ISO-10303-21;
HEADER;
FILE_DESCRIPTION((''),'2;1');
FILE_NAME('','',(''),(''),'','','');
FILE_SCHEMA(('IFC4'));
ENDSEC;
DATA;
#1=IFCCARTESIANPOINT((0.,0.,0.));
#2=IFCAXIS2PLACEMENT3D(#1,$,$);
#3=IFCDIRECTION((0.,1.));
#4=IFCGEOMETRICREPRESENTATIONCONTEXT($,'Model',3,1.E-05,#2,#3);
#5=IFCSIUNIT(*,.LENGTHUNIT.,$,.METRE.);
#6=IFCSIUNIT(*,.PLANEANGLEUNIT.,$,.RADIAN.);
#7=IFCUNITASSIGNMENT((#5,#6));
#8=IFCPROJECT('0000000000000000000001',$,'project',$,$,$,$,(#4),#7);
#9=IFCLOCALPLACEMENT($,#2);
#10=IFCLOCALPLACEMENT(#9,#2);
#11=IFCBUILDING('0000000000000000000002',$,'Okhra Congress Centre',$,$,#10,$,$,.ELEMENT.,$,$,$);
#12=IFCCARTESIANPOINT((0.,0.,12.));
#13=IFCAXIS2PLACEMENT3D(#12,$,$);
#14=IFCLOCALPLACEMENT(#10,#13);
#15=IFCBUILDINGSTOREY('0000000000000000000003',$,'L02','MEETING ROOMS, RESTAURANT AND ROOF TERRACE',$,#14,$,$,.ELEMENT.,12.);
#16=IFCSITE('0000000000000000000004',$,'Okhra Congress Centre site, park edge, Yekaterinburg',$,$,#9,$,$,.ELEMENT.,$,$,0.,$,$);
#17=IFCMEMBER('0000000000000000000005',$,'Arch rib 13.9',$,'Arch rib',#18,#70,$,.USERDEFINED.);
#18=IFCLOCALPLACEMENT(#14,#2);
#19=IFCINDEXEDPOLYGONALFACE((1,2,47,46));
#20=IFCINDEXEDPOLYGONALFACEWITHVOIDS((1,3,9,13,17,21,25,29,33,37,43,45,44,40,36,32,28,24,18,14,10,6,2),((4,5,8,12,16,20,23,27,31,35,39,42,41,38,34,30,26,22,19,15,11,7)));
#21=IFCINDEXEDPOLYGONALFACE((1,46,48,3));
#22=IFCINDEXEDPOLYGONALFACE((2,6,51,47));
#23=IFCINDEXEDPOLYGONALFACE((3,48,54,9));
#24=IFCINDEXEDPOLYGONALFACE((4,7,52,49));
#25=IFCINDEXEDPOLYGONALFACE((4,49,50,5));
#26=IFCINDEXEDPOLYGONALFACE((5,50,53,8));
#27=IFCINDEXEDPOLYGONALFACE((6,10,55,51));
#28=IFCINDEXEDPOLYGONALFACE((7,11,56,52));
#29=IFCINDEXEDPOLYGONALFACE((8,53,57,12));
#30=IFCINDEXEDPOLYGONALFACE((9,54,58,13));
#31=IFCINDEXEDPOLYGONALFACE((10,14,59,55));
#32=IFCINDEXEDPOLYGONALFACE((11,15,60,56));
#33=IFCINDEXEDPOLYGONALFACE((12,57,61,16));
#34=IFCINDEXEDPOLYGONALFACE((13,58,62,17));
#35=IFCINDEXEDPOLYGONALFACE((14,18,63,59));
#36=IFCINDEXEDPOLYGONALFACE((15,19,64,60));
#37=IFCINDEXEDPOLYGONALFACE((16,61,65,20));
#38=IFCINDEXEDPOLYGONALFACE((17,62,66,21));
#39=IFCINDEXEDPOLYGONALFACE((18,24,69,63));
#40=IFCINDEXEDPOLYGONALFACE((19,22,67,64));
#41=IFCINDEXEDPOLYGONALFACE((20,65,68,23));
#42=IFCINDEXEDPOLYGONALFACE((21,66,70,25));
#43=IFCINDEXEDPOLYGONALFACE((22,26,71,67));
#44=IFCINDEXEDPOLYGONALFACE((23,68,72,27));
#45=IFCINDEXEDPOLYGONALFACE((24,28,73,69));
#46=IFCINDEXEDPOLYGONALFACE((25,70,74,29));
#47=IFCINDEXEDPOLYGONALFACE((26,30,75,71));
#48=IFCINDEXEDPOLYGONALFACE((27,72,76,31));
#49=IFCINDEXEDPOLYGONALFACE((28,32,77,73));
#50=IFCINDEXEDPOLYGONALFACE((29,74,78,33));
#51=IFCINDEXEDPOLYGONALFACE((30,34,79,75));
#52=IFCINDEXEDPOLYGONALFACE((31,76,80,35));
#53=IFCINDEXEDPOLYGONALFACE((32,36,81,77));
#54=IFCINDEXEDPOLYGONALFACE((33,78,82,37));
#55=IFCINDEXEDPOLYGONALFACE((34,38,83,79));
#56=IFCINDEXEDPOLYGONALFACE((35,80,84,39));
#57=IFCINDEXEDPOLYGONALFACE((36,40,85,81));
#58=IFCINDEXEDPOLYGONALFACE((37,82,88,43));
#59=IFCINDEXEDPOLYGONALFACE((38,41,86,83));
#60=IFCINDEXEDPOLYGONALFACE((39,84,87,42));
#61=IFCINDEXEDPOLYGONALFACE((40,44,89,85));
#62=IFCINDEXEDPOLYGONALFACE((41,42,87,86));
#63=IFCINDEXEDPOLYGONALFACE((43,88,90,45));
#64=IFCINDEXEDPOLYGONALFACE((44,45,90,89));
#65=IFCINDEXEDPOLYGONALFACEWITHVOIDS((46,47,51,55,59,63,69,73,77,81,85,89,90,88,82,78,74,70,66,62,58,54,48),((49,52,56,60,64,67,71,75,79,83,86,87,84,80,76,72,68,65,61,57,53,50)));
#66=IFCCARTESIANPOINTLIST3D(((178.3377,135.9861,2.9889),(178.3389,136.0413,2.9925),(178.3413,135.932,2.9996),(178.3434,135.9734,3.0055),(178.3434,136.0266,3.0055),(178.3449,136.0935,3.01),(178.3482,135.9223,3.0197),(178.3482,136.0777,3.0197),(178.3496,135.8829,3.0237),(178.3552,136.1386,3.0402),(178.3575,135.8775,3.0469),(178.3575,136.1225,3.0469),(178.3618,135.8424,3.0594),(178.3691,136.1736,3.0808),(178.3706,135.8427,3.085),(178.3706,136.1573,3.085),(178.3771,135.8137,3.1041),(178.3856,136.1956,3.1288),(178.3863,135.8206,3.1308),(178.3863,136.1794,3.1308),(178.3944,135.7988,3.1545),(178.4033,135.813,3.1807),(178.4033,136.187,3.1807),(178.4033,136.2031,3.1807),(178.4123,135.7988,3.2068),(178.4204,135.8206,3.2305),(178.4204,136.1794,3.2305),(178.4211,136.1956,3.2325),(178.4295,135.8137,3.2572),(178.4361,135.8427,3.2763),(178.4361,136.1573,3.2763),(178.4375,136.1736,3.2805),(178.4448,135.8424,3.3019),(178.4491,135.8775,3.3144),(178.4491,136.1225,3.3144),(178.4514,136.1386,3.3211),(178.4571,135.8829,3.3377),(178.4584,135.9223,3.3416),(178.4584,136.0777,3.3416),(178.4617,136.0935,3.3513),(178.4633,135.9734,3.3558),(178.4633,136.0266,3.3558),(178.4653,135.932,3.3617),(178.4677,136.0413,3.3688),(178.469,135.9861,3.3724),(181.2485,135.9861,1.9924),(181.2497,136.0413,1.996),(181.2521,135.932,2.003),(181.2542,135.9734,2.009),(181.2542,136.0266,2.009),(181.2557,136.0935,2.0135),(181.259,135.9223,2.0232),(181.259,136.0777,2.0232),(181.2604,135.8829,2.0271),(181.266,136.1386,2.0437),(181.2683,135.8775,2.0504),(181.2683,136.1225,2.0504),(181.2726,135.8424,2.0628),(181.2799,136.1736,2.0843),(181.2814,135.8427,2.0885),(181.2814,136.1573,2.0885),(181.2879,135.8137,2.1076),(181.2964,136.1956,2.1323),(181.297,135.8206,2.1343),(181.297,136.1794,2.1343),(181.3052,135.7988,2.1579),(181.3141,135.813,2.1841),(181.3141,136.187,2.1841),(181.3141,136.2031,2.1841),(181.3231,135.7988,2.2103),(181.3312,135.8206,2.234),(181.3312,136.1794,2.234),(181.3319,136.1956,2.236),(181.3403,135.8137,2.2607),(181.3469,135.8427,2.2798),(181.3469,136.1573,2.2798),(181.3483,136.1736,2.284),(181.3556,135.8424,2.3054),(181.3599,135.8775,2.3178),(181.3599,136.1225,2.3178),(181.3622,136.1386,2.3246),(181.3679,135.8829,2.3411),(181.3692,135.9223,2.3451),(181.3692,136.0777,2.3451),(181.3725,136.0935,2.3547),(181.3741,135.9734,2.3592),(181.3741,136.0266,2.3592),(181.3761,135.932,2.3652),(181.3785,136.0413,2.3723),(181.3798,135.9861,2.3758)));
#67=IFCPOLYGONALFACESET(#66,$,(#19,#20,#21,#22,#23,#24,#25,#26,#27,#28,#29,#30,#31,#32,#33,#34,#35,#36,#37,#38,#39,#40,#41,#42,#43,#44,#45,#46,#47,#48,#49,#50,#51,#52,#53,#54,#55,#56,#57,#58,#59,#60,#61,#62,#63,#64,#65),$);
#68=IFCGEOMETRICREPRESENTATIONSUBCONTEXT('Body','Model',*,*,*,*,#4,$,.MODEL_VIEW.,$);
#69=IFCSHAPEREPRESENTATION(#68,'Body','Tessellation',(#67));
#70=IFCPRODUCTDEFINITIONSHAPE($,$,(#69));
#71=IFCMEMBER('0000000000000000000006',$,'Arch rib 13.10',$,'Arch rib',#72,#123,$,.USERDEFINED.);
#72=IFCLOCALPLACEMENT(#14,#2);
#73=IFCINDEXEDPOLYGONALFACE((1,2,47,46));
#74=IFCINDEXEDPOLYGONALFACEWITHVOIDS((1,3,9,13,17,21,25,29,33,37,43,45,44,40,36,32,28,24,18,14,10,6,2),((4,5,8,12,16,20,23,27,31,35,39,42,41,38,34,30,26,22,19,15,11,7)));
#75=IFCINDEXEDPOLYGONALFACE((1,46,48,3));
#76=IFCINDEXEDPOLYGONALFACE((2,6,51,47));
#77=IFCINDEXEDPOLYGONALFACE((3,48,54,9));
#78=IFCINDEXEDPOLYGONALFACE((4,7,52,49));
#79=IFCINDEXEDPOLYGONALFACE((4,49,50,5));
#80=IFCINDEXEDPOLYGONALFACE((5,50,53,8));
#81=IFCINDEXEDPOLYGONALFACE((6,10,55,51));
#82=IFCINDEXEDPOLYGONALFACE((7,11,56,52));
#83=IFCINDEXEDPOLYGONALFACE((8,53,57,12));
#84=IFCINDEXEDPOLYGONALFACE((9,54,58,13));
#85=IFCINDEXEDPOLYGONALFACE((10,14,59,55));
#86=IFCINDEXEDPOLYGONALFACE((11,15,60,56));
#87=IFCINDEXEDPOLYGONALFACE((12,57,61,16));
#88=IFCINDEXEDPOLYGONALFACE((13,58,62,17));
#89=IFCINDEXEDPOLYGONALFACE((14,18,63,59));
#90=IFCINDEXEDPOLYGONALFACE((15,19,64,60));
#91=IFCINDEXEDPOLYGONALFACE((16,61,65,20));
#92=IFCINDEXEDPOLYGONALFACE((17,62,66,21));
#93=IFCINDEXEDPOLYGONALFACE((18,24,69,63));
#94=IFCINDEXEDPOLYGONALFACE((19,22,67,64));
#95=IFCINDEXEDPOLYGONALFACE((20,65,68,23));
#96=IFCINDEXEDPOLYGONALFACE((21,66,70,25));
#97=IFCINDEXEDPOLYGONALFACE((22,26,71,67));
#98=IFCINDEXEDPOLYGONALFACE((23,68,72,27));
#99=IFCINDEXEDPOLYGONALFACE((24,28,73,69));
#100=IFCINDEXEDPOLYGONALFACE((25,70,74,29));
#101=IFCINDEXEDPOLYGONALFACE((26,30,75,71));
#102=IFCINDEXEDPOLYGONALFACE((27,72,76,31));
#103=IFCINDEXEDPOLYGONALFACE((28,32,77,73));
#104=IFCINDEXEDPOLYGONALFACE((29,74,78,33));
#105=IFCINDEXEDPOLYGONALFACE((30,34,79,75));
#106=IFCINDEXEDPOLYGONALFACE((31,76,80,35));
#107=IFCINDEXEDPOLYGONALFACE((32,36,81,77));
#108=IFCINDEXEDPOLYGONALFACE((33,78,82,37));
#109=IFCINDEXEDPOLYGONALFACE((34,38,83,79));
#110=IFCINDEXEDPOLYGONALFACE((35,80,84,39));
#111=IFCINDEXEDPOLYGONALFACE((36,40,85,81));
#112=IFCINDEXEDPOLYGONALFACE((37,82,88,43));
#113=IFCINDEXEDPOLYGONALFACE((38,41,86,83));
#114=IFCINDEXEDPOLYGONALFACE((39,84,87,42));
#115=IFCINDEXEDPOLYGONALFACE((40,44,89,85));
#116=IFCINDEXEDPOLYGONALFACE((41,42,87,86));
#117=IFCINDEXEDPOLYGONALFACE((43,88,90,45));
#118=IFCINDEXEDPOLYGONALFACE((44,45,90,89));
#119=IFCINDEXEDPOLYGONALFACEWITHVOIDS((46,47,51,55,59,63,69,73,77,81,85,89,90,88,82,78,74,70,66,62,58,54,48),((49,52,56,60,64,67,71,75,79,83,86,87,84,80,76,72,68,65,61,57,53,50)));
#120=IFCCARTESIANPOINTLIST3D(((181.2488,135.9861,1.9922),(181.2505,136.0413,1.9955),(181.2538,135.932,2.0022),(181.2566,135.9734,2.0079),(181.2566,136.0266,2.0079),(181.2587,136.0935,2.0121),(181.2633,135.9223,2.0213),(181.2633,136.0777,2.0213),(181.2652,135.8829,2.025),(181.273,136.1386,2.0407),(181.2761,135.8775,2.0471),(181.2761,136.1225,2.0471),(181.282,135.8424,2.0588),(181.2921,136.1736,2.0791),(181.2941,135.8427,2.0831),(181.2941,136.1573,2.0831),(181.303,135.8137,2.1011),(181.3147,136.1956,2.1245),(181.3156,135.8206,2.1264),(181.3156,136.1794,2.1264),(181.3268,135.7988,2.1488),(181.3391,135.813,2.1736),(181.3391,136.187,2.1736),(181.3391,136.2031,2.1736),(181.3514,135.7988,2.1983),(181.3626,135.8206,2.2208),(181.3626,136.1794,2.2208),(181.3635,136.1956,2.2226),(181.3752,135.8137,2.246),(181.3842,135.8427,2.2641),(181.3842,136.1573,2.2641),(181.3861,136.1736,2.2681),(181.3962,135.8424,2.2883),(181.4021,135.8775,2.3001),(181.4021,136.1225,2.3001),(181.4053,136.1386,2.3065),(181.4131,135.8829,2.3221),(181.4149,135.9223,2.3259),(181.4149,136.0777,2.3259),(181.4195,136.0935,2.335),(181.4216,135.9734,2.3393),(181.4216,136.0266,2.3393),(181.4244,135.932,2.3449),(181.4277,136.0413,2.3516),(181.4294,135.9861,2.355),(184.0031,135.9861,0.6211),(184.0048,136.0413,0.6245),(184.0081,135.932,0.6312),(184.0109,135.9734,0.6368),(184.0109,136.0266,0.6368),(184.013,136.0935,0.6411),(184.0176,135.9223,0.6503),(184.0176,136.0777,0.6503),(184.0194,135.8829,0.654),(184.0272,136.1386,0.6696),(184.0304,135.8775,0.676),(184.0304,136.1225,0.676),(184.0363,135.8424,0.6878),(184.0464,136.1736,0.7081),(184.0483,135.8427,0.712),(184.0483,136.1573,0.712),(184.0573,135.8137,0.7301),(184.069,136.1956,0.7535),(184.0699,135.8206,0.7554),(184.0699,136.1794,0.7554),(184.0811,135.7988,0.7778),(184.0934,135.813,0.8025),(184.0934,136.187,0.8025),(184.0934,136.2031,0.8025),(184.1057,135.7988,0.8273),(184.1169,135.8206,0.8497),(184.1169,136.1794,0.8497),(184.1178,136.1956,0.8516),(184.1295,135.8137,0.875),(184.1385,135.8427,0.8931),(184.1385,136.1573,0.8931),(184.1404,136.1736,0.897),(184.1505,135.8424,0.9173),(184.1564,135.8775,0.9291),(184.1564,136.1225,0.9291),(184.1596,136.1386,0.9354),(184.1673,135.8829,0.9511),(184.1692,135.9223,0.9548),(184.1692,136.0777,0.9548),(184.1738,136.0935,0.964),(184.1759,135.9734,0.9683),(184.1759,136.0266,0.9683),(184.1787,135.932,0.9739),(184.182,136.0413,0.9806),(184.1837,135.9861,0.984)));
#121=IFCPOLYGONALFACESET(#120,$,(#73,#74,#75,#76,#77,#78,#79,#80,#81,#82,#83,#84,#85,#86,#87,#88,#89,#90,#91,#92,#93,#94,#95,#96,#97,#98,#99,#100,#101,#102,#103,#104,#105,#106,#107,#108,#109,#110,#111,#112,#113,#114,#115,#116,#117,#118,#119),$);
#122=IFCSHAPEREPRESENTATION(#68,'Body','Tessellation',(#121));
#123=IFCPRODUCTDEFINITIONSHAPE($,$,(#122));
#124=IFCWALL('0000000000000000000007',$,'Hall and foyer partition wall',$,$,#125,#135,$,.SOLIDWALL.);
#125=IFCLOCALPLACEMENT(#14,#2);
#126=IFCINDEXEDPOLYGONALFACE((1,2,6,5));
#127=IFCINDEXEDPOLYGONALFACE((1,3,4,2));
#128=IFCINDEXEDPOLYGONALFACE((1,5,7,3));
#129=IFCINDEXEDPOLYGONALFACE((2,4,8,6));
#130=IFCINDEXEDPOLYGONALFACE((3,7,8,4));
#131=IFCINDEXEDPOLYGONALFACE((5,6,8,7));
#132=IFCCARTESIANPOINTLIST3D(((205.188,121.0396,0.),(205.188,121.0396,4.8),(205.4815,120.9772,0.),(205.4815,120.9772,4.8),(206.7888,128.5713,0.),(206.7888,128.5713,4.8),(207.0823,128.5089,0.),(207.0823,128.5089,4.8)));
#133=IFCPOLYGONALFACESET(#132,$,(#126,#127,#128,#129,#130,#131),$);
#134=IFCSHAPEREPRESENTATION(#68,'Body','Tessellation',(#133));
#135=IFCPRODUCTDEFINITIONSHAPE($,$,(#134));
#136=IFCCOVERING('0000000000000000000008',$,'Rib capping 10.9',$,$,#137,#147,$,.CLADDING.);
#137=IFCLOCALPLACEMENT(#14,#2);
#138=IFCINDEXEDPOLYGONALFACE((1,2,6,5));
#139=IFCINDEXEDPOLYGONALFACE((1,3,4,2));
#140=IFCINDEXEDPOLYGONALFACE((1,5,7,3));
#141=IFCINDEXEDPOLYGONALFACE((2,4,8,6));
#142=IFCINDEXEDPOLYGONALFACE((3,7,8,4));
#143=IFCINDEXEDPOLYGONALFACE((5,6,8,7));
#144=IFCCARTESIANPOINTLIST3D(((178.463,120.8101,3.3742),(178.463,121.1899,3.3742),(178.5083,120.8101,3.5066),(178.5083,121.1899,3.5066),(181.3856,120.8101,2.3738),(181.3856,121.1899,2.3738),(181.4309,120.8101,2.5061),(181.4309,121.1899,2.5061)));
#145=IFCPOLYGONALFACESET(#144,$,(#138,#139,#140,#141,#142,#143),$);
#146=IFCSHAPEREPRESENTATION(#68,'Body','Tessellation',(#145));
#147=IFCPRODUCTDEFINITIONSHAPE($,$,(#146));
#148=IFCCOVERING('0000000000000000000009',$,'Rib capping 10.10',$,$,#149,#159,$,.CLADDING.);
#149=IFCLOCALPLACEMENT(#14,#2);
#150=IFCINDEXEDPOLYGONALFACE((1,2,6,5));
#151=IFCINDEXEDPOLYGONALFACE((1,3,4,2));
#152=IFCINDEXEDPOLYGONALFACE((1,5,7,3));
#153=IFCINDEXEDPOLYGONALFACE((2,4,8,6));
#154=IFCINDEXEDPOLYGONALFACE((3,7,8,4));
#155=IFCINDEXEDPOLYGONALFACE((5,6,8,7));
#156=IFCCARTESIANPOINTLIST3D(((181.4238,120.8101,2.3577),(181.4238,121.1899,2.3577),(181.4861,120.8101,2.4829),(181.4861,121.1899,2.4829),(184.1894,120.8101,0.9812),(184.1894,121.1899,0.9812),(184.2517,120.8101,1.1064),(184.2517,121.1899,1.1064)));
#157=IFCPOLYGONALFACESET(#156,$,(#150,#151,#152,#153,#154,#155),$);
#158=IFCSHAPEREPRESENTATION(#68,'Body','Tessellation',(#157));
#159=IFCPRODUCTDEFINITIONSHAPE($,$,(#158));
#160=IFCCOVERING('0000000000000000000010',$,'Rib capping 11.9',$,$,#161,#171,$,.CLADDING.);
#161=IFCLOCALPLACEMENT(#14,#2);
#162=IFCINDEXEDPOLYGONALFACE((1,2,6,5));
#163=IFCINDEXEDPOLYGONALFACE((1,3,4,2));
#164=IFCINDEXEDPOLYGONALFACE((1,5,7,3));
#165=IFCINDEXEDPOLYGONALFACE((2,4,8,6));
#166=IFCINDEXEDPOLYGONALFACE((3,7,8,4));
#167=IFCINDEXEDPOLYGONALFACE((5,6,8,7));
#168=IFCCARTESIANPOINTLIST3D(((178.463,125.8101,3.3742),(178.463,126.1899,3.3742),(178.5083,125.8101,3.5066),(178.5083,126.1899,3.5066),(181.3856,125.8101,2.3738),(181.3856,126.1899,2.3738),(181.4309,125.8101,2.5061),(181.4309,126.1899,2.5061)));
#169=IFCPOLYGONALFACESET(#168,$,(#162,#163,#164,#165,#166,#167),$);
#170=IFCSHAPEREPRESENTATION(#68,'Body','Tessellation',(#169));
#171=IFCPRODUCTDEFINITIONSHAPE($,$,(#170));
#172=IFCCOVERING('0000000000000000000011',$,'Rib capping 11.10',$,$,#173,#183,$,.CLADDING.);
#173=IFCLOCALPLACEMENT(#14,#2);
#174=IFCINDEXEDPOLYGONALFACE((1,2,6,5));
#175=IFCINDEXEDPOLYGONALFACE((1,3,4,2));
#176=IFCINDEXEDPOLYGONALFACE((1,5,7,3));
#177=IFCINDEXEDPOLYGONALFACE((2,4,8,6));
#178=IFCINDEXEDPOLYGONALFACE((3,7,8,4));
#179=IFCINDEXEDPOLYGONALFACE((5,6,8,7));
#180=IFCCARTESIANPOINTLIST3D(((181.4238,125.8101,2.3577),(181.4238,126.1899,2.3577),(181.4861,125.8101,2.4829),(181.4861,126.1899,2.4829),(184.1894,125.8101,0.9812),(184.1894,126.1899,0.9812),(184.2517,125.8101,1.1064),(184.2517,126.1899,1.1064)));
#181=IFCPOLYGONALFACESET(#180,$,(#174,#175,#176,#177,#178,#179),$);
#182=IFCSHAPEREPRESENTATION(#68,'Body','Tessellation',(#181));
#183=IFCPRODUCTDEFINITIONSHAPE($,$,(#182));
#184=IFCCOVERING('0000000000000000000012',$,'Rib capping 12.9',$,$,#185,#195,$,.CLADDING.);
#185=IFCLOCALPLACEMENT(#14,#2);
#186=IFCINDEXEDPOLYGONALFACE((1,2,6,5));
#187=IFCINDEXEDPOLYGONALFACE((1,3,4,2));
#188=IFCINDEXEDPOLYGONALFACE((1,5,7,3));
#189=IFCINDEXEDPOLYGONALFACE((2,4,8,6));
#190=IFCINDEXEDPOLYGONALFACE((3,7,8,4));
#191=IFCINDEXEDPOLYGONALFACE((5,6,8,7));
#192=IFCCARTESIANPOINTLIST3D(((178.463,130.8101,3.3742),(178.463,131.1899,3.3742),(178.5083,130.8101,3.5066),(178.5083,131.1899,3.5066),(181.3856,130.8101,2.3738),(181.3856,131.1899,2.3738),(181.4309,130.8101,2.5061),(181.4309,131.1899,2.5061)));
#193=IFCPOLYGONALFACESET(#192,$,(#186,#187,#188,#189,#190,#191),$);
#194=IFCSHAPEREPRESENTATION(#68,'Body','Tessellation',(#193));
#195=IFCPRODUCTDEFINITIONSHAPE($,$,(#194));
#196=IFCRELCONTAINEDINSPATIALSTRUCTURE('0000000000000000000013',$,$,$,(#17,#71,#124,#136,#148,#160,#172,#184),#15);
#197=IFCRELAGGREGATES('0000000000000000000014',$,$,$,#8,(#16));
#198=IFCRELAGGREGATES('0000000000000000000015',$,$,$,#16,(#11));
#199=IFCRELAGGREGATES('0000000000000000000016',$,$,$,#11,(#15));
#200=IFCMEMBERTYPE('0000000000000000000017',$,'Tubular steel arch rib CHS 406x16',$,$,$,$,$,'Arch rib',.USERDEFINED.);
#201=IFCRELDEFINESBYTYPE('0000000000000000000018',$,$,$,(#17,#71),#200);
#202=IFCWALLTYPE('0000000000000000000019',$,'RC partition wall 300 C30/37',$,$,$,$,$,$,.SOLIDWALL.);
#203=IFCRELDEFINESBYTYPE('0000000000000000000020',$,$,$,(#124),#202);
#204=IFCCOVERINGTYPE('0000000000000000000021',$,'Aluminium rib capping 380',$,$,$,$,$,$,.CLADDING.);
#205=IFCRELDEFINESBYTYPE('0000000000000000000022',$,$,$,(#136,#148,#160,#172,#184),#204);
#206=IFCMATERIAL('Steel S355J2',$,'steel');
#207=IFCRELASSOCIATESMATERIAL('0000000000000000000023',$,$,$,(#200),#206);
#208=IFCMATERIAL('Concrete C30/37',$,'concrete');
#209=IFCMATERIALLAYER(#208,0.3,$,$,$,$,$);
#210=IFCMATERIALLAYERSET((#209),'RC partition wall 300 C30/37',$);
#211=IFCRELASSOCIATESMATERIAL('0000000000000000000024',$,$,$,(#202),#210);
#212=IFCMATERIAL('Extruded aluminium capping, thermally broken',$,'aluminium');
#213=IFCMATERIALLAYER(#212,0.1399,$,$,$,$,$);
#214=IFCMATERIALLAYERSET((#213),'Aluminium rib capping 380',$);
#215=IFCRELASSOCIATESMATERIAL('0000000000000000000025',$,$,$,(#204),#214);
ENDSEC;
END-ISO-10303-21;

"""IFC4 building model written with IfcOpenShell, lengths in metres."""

from ifc_helpers import new_model, si_unit, direction, frame, frame_2d, origin, origin_2d, place, context, subcontext, project, spatial, polyline, rectangle, hollow_circle, outline, extrude, material, layer, layer_set, material_profile, profile_set, type_object, element, save


model = new_model("IFC4")

# Units and contexts
model_context = context("Model", 3, precision=1e-05, world=origin(), true_north=direction((0.0, 1.0)))
body_context = subcontext(model_context, "Body", "Model", "MODEL_VIEW")
ifc_project = project(units=[si_unit("LENGTHUNIT", "METRE"), si_unit("PLANEANGLEUNIT", "RADIAN")], contexts=[model_context])

# Site, building, storey
site_placement = place(None, origin())
site = spatial("IfcSite", under=ifc_project, at=site_placement, Name="Okhra Congress Centre site, park edge, Yekaterinburg", CompositionType="ELEMENT", RefElevation=0.0)
building_placement = place(site_placement, origin())
building = spatial("IfcBuilding", under=site, at=building_placement, Name="Okhra Congress Centre", CompositionType="ELEMENT")
storey_placement = place(building_placement, frame((0.0, 0.0, 12.0)))
storey = spatial("IfcBuildingStorey", under=building, at=storey_placement, Name="L02", Description="MEETING ROOMS, RESTAURANT AND ROOF TERRACE", CompositionType="ELEMENT", Elevation=12.0)

# Members
ifc_material_1 = material(Name="Steel S355J2", Category="steel")
ifc_material_profile_1 = material_profile(ifc_material_1, hollow_circle(Radius=0.2031, WallThickness=0.0161, at=origin_2d()), Name="CHS 406.4x16")
ifc_profile_set_1 = profile_set([ifc_material_profile_1], Name="Steel S355J2")
member_type_1 = type_object("IfcMemberType", Name="Tubular steel arch rib CHS 406x16", ElementType="Arch rib", PredefinedType="USERDEFINED", material=ifc_profile_set_1)
for number, where, z_axis, x_axis, name in (
    (1, (178.4033, 136.0, 3.1807), (0.946089, 0.0, -0.323906), (0.0, 1.0, 0.0), "Arch rib 13.9"),
    (2, (181.3391, 136.0, 2.1736), (0.895219, 0.0, -0.445626), (0.0, 1.0, 0.0), "Arch rib 13.10"),
):
    element("IfcMember", number, at=place(storey_placement, frame(where, z_axis=z_axis, x_axis=x_axis)), inside=storey, type_object=member_type_1, Name=name, ObjectType="Arch rib", PredefinedType="USERDEFINED", context=body_context, shape_type="SweptSolid", body=[
        extrude(hollow_circle(Radius=0.2031, WallThickness=0.0161, at=origin_2d()), origin(), (0.0, 0.0, 1.0), 3.0767),
    ])

# Wall
ifc_material_2 = material(Name="Concrete C30/37", Category="concrete")
ifc_layer_1 = layer(ifc_material_2, 0.3)
ifc_layer_set_1 = layer_set([ifc_layer_1], Name="RC partition wall 300 C30/37")
wall_type = type_object("IfcWallType", Name="RC partition wall 300 C30/37", PredefinedType="SOLIDWALL", material=ifc_layer_set_1)
wall_placement = place(storey_placement, frame((205.3347, 121.0083, 0.0), z_axis=(0.0, 0.0, 1.0), x_axis=(0.2079, 0.97815, 0.0)))
element("IfcWall", 3, at=wall_placement, inside=storey, type_object=wall_type, Name="Hall and foyer partition wall", PredefinedType="SOLIDWALL", context=body_context, shape_type="SweptSolid", body=[
    extrude(rectangle(XDim=7.7, YDim=0.3, at=frame_2d((3.8501, 0.0))), origin(), (0.0, 0.0, 1.0), 4.8),
])

# Coverings
ifc_material_3 = material(Name="Extruded aluminium capping, thermally broken", Category="aluminium")
ifc_layer_2 = layer(ifc_material_3, 0.1399)
ifc_layer_set_2 = layer_set([ifc_layer_2], Name="Aluminium rib capping 380")
covering_type = type_object("IfcCoveringType", Name="Aluminium rib capping 380", PredefinedType="CLADDING", material=ifc_layer_set_2)
covering_1_placement = place(storey_placement, frame((178.5083, 120.8101, 3.5066), z_axis=(0.323876, 0.0, 0.9461), x_axis=(0.9461, 0.0, -0.323876)))
element("IfcCovering", 4, at=covering_1_placement, inside=storey, type_object=covering_type, Name="Rib capping 10.9", PredefinedType="CLADDING", context=body_context, shape_type="SweptSolid", body=[
    extrude(outline(polyline([(0.0, 0.0), (3.0891, 0.0), (3.0891, 0.3799), (0.0, 0.3799), (0.0, 0.0)])), origin(), (0.0, 0.0, -1.0), 0.1399),
])
covering_2_placement = place(storey_placement, frame((181.4861, 120.8101, 2.4829), z_axis=(0.445569, 0.0, 0.895248), x_axis=(0.895248, 0.0, -0.445569)))
element("IfcCovering", 5, at=covering_2_placement, inside=storey, type_object=covering_type, Name="Rib capping 10.10", PredefinedType="CLADDING", context=body_context, shape_type="SweptSolid", body=[
    extrude(outline(polyline([(0.0, 0.0), (3.0892, 0.0), (3.0892, 0.3799), (0.0, 0.3799), (0.0, 0.0)])), origin(), (0.0, 0.0, -1.0), 0.1399),
])
covering_3_placement = place(storey_placement, frame((178.5083, 125.8101, 3.5066), z_axis=(0.323876, 0.0, 0.9461), x_axis=(0.9461, 0.0, -0.323876)))
element("IfcCovering", 6, at=covering_3_placement, inside=storey, type_object=covering_type, Name="Rib capping 11.9", PredefinedType="CLADDING", context=body_context, shape_type="SweptSolid", body=[
    extrude(outline(polyline([(0.0, 0.0), (3.0891, 0.0), (3.0891, 0.3799), (0.0, 0.3799), (0.0, 0.0)])), origin(), (0.0, 0.0, -1.0), 0.1399),
])
covering_4_placement = place(storey_placement, frame((181.4861, 125.8101, 2.4829), z_axis=(0.445569, 0.0, 0.895248), x_axis=(0.895248, 0.0, -0.445569)))
element("IfcCovering", 7, at=covering_4_placement, inside=storey, type_object=covering_type, Name="Rib capping 11.10", PredefinedType="CLADDING", context=body_context, shape_type="SweptSolid", body=[
    extrude(outline(polyline([(0.0, 0.0), (3.0892, 0.0), (3.0892, 0.3799), (0.0, 0.3799), (0.0, 0.0)])), origin(), (0.0, 0.0, -1.0), 0.1399),
])
covering_5_placement = place(storey_placement, frame((178.5083, 130.8101, 3.5066), z_axis=(0.323876, 0.0, 0.9461), x_axis=(0.9461, 0.0, -0.323876)))
element("IfcCovering", 8, at=covering_5_placement, inside=storey, type_object=covering_type, Name="Rib capping 12.9", PredefinedType="CLADDING", context=body_context, shape_type="SweptSolid", body=[
    extrude(outline(polyline([(0.0, 0.0), (3.0891, 0.0), (3.0891, 0.3799), (0.0, 0.3799), (0.0, 0.0)])), origin(), (0.0, 0.0, -1.0), 0.1399),
])

save(model, "model.ifc")
